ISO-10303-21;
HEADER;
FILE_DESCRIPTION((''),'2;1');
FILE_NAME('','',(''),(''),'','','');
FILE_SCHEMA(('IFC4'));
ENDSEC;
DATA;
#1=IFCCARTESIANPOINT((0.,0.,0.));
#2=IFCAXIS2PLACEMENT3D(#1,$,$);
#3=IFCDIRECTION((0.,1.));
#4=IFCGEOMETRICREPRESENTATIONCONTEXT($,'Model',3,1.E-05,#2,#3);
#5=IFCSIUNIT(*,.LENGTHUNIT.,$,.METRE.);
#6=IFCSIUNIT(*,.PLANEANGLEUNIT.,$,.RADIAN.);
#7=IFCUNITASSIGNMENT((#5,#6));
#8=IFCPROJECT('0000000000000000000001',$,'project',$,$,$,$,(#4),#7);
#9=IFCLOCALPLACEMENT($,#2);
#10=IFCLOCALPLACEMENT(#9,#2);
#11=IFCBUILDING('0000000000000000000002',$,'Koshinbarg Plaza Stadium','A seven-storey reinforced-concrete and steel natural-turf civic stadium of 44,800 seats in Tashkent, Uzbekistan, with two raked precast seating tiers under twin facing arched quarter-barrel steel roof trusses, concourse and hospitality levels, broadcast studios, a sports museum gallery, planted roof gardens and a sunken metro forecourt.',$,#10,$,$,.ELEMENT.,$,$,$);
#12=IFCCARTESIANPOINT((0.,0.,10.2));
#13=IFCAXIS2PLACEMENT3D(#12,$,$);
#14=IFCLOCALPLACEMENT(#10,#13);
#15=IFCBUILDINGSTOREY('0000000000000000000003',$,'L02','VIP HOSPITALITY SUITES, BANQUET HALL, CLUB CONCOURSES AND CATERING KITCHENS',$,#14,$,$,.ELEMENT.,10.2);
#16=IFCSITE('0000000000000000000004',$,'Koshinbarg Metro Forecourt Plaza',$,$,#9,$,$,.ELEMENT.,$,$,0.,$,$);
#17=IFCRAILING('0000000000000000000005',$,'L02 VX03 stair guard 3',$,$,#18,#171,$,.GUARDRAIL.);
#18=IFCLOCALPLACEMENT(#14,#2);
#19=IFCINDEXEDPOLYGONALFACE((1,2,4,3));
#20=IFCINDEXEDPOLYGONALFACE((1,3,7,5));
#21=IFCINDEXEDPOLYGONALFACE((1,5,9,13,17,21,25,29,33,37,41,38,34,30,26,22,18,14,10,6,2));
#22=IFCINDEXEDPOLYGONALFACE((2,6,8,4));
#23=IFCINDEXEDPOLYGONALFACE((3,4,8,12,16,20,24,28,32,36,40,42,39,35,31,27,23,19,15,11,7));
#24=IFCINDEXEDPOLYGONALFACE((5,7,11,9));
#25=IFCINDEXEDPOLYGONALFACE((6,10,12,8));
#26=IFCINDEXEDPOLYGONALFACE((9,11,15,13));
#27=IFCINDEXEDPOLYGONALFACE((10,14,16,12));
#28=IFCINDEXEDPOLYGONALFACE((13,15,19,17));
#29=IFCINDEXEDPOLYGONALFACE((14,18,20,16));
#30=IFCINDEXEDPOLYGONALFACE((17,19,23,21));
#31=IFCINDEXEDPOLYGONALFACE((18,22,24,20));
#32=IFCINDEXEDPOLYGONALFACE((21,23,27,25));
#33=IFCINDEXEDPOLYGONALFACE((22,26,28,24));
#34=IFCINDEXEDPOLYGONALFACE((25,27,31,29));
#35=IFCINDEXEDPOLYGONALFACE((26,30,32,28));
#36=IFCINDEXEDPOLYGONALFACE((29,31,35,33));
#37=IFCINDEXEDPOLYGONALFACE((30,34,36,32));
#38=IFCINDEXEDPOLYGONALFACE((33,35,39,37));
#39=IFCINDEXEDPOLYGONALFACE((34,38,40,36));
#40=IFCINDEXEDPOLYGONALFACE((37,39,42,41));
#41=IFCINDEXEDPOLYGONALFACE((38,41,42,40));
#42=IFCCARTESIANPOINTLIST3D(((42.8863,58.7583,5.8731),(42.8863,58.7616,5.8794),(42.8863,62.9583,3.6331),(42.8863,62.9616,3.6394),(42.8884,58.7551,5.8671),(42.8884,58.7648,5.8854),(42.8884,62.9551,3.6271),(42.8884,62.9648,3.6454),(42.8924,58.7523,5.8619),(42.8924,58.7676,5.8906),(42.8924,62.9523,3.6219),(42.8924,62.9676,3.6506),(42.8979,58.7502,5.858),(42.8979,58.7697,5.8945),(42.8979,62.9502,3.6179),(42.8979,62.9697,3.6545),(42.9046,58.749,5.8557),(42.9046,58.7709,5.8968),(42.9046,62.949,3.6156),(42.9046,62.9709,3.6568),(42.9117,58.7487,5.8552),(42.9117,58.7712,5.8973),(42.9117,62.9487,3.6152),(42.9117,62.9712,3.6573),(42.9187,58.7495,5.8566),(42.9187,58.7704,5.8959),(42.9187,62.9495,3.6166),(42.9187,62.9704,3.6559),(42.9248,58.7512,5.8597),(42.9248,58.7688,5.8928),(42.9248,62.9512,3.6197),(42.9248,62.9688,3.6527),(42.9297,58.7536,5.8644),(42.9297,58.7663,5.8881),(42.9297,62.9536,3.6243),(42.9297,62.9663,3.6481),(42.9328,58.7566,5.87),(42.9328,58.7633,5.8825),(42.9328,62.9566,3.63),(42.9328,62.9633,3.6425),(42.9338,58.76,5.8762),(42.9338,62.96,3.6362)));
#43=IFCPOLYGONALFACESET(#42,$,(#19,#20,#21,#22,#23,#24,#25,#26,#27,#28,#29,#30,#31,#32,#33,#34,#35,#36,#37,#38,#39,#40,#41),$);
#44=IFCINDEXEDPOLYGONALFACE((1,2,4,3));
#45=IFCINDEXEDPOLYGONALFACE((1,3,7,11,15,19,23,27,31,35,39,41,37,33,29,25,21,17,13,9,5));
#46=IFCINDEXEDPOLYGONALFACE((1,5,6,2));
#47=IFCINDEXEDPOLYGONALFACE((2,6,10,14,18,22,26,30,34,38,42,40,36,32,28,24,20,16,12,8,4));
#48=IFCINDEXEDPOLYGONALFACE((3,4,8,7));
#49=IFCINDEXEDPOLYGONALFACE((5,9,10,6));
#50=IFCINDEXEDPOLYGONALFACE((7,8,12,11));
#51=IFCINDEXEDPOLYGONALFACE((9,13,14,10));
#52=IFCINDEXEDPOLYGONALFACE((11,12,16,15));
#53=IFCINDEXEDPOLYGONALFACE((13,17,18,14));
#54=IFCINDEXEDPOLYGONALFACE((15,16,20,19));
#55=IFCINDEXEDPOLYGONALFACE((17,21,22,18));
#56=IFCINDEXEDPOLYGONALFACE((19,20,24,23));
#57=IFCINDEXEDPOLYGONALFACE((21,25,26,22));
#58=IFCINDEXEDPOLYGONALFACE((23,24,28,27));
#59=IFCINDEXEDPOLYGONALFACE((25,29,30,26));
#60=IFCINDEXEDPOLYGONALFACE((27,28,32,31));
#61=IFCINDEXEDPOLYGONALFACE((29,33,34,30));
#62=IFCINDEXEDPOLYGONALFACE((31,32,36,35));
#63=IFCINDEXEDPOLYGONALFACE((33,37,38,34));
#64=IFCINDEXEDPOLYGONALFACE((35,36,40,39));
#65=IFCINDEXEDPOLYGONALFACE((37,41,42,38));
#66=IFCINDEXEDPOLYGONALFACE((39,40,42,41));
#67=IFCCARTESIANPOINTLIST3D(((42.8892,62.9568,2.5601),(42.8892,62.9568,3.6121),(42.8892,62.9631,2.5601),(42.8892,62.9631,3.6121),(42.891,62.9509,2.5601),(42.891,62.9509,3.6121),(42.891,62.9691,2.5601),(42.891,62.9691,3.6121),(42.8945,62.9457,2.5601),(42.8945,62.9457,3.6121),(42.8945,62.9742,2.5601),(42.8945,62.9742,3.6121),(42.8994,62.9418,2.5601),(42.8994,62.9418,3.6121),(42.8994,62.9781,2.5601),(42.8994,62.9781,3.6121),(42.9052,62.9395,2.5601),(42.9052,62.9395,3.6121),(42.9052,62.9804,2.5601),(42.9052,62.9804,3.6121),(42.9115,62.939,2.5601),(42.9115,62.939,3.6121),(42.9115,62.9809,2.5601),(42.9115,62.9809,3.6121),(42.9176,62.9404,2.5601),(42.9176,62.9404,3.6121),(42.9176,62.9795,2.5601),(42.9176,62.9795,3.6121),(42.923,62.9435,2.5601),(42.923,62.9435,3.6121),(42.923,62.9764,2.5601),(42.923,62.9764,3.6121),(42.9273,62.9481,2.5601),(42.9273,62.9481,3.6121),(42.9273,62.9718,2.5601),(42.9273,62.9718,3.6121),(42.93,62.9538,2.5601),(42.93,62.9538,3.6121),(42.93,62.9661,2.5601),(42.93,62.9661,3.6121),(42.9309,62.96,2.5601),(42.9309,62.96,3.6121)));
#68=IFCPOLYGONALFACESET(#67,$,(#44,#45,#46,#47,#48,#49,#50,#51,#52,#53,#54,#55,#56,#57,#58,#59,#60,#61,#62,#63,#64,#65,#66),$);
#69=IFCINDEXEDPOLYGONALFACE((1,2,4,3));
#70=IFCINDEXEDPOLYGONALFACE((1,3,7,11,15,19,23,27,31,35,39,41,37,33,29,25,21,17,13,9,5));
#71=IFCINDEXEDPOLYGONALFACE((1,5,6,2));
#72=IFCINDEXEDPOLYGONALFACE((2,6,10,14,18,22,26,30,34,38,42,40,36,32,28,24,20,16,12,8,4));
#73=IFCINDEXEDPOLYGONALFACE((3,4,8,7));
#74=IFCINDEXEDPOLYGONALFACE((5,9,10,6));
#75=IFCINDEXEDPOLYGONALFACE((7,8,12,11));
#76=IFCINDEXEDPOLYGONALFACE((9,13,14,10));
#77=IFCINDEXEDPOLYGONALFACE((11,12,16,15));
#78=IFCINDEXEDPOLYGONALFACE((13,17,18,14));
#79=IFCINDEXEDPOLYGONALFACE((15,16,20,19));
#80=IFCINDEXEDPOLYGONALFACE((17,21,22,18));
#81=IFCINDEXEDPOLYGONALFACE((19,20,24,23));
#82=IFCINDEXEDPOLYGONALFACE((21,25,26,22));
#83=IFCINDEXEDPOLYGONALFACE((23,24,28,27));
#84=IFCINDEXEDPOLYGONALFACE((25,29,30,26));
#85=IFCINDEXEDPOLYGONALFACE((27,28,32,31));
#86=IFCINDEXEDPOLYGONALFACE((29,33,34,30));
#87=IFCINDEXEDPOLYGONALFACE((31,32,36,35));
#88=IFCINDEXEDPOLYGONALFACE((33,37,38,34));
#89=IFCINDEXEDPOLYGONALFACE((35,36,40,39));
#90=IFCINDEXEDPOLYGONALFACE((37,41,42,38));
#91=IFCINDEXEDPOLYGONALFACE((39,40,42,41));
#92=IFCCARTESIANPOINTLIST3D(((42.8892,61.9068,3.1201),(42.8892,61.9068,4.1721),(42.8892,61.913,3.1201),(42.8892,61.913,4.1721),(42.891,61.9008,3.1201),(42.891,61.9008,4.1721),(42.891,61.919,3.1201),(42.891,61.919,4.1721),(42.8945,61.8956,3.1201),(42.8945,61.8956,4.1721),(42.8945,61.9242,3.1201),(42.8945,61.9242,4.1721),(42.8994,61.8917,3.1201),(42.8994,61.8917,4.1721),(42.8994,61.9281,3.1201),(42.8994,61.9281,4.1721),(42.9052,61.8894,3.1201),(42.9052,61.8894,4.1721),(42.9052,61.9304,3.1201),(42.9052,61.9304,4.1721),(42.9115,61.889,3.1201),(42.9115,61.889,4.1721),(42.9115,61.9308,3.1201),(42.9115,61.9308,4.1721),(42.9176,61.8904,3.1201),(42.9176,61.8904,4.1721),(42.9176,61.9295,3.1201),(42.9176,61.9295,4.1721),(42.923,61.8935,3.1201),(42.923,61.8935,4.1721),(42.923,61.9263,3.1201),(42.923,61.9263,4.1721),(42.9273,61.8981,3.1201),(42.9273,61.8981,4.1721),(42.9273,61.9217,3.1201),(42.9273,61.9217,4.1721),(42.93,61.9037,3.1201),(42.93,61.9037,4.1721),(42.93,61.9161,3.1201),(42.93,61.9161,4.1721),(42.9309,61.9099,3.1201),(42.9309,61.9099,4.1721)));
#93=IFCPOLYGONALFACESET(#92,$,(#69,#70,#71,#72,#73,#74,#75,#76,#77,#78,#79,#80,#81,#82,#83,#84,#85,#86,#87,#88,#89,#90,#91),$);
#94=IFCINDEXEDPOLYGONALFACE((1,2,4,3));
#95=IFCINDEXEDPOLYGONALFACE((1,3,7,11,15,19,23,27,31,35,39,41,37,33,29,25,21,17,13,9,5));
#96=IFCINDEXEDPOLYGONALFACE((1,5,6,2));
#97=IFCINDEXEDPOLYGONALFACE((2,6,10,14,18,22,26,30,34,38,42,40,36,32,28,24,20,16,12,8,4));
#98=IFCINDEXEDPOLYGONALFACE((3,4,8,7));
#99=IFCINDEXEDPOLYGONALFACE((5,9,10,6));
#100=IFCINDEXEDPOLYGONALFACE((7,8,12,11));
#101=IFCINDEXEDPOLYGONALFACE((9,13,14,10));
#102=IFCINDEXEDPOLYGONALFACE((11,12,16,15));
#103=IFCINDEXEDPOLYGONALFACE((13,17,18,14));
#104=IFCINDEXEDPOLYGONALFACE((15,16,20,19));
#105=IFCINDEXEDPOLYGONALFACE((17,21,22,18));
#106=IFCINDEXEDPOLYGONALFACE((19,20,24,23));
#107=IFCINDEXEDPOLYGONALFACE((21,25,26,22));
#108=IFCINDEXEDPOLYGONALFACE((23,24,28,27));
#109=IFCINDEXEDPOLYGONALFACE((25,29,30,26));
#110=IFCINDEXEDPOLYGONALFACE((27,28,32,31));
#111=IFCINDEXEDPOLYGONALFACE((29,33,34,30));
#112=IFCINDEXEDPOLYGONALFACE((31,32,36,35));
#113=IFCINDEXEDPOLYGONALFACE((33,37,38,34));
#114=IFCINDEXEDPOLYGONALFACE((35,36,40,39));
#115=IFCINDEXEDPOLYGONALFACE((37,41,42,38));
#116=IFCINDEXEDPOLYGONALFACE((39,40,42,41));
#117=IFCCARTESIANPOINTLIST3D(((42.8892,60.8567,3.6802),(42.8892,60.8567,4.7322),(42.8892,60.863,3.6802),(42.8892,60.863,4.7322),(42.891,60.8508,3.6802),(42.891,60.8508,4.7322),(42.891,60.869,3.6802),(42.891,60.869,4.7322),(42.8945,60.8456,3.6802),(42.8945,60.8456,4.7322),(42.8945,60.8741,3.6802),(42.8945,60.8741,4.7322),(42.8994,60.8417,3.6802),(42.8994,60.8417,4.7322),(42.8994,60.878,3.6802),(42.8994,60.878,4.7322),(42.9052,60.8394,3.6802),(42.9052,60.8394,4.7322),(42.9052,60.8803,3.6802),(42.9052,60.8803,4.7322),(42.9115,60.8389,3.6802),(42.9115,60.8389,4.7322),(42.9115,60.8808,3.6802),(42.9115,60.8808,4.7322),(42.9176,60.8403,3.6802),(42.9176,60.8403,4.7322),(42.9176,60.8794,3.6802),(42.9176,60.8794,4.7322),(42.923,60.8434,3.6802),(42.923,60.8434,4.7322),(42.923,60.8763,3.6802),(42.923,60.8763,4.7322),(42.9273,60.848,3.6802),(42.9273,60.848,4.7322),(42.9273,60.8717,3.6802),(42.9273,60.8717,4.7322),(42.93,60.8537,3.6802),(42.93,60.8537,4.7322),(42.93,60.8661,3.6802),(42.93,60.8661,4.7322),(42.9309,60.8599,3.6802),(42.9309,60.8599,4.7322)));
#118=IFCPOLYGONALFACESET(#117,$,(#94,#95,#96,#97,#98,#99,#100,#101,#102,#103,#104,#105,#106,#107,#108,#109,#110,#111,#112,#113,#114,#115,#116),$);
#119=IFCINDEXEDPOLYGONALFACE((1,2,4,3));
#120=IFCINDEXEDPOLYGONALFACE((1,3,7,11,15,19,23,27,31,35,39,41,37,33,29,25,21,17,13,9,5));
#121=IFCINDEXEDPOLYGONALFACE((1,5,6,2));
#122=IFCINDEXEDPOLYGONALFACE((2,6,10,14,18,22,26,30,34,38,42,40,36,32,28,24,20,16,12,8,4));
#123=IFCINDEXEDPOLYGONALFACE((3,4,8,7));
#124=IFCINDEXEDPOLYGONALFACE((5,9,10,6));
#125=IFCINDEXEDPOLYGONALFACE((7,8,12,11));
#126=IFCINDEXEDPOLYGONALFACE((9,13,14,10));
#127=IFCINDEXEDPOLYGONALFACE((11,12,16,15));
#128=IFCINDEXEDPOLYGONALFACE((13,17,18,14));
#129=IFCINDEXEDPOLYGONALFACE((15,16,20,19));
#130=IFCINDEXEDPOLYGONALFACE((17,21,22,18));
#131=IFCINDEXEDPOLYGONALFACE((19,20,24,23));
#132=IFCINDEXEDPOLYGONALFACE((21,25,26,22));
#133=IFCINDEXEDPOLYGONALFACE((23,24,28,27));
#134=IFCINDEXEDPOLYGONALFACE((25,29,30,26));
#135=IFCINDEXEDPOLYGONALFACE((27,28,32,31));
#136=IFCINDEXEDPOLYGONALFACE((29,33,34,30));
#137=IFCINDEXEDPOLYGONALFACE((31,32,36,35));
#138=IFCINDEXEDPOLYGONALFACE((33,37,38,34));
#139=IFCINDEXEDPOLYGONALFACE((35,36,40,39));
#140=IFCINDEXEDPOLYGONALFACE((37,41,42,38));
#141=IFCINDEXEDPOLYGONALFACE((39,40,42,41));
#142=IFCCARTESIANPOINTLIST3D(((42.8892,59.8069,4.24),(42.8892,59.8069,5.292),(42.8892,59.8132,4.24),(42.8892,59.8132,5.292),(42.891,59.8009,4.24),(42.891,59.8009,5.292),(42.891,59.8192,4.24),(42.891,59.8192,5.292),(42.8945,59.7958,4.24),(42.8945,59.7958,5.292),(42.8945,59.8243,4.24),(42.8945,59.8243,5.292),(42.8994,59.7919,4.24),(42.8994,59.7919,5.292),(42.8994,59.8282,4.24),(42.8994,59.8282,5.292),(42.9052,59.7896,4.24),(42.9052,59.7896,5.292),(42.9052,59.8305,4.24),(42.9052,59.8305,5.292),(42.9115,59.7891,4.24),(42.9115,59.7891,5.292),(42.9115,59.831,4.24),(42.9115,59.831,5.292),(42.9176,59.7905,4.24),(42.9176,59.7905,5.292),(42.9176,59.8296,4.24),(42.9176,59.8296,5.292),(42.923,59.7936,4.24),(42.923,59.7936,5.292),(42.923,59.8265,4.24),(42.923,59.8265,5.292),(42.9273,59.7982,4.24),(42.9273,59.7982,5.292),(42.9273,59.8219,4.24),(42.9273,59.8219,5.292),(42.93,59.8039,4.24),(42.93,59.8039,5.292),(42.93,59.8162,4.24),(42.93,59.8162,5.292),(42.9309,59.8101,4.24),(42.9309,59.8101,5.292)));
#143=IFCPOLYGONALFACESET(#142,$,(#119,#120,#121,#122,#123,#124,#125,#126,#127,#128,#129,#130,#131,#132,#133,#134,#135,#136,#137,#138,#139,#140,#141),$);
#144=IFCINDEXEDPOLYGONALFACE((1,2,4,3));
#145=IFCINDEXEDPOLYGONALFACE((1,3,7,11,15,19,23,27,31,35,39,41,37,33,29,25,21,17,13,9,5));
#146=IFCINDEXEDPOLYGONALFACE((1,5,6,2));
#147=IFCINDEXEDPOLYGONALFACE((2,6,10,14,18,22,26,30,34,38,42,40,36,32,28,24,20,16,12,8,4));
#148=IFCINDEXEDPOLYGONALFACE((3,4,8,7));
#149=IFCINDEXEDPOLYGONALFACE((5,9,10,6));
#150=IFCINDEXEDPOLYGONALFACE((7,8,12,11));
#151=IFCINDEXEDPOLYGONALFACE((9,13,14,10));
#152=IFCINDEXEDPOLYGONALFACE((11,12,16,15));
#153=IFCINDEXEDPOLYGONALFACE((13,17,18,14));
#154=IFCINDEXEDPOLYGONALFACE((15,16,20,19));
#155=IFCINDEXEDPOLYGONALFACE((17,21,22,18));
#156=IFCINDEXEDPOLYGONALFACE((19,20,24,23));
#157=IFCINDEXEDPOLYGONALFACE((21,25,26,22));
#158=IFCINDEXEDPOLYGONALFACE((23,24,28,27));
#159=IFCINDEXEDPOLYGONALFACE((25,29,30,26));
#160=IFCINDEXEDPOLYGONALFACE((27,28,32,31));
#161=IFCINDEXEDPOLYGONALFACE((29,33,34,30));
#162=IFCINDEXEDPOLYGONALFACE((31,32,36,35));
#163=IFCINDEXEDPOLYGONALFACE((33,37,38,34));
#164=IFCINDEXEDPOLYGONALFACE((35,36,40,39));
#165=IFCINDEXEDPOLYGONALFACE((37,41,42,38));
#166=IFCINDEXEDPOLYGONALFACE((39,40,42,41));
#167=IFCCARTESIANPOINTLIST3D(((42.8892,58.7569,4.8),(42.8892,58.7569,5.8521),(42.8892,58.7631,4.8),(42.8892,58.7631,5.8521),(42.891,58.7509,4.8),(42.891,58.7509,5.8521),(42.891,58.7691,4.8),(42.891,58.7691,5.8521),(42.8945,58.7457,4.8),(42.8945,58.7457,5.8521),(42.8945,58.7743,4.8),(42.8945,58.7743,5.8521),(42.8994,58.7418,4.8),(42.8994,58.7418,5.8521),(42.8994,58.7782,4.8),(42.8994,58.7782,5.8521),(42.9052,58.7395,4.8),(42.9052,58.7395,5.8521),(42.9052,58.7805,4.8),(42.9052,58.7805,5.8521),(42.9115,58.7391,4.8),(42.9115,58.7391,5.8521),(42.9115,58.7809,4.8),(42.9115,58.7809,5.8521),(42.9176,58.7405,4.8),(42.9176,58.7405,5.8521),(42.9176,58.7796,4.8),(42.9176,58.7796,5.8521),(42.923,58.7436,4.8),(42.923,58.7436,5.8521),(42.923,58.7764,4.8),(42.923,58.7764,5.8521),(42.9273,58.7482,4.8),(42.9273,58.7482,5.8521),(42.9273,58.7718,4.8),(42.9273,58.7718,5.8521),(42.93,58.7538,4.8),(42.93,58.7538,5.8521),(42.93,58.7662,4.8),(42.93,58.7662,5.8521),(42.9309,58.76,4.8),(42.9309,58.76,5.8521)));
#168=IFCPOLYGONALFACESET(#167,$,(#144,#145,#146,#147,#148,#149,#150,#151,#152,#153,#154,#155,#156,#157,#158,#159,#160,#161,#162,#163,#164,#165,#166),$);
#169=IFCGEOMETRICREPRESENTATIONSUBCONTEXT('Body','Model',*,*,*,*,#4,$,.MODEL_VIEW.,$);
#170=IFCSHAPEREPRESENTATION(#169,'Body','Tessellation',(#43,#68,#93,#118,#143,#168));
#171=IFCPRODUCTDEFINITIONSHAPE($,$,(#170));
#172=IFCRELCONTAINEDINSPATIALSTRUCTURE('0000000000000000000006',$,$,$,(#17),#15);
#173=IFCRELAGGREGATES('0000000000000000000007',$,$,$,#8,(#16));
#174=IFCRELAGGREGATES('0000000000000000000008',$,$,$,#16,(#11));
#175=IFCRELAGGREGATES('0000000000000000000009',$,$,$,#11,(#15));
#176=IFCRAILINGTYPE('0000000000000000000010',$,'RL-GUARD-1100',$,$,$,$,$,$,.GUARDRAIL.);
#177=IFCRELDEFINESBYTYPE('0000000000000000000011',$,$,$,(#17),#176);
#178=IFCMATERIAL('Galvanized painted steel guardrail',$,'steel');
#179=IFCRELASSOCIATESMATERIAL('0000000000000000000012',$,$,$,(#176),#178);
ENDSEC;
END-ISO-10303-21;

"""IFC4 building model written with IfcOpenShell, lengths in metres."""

from ifc_helpers import new_model, si_unit, direction, frame, origin, origin_2d, place, context, subcontext, project, spatial, circle, extrude, material, type_object, element, save


model = new_model("IFC4")

# Units and contexts
model_context = context("Model", 3, precision=1e-05, world=origin(), true_north=direction((0.0, 1.0)))
body_context = subcontext(model_context, "Body", "Model", "MODEL_VIEW")
ifc_project = project(units=[si_unit("LENGTHUNIT", "METRE"), si_unit("PLANEANGLEUNIT", "RADIAN")], contexts=[model_context])

# Site, building, storey
site_placement = place(None, origin())
site = spatial("IfcSite", under=ifc_project, at=site_placement, Name="Koshinbarg Metro Forecourt Plaza", CompositionType="ELEMENT", RefElevation=0.0)
building_placement = place(site_placement, origin())
building = spatial("IfcBuilding", under=site, at=building_placement, Name="Koshinbarg Plaza Stadium", Description="A seven-storey reinforced-concrete and steel natural-turf civic stadium of 44,800 seats in Tashkent, Uzbekistan, with two raked precast seating tiers under twin facing arched quarter-barrel steel roof trusses, concourse and hospitality levels, broadcast studios, a sports museum gallery, planted roof gardens and a sunken metro forecourt.", CompositionType="ELEMENT")
storey_placement = place(building_placement, frame((0.0, 0.0, 10.2)))
storey = spatial("IfcBuildingStorey", under=building, at=storey_placement, Name="L02", Description="VIP HOSPITALITY SUITES, BANQUET HALL, CLUB CONCOURSES AND CATERING KITCHENS", CompositionType="ELEMENT", Elevation=10.2)

# Railing
ifc_material_1 = material(Name="Galvanized painted steel guardrail", Category="steel")
railing_type_1 = type_object("IfcRailingType", Name="RL-GUARD-1100", PredefinedType="GUARDRAIL", material=ifc_material_1)
for number, where, name in (
    (1, (42.9099, 62.96, 2.5601), "L02 VX03 stair guard 3"),
):
    element("IfcRailing", number, at=place(storey_placement, frame(where)), inside=storey, type_object=railing_type_1, Name=name, PredefinedType="GUARDRAIL", context=body_context, shape_type="SweptSolid", body=[
        extrude(circle(Radius=0.0239, at=origin_2d()), frame((0.0, 0.0, 1.0762), z_axis=(0.0, -0.882352, 0.470591), x_axis=(1.0, 0.0, 0.0)), (0.0, 0.0, 1.0), 4.76),
        extrude(circle(Radius=0.021, at=origin_2d()), origin(), (0.0, 0.0, 1.0), 1.052),
        extrude(circle(Radius=0.021, at=origin_2d()), frame((0.0, -1.05, 0.5601)), (0.0, 0.0, 1.0), 1.052),
        extrude(circle(Radius=0.021, at=origin_2d()), frame((0.0, -2.1001, 1.1201)), (0.0, 0.0, 1.0), 1.052),
        extrude(circle(Radius=0.021, at=origin_2d()), frame((0.0, -3.1499, 1.6799)), (0.0, 0.0, 1.0), 1.052),
        extrude(circle(Radius=0.021, at=origin_2d()), frame((0.0, -4.2, 2.24)), (0.0, 0.0, 1.0), 1.052),
    ])

save(model, "model.ifc")
